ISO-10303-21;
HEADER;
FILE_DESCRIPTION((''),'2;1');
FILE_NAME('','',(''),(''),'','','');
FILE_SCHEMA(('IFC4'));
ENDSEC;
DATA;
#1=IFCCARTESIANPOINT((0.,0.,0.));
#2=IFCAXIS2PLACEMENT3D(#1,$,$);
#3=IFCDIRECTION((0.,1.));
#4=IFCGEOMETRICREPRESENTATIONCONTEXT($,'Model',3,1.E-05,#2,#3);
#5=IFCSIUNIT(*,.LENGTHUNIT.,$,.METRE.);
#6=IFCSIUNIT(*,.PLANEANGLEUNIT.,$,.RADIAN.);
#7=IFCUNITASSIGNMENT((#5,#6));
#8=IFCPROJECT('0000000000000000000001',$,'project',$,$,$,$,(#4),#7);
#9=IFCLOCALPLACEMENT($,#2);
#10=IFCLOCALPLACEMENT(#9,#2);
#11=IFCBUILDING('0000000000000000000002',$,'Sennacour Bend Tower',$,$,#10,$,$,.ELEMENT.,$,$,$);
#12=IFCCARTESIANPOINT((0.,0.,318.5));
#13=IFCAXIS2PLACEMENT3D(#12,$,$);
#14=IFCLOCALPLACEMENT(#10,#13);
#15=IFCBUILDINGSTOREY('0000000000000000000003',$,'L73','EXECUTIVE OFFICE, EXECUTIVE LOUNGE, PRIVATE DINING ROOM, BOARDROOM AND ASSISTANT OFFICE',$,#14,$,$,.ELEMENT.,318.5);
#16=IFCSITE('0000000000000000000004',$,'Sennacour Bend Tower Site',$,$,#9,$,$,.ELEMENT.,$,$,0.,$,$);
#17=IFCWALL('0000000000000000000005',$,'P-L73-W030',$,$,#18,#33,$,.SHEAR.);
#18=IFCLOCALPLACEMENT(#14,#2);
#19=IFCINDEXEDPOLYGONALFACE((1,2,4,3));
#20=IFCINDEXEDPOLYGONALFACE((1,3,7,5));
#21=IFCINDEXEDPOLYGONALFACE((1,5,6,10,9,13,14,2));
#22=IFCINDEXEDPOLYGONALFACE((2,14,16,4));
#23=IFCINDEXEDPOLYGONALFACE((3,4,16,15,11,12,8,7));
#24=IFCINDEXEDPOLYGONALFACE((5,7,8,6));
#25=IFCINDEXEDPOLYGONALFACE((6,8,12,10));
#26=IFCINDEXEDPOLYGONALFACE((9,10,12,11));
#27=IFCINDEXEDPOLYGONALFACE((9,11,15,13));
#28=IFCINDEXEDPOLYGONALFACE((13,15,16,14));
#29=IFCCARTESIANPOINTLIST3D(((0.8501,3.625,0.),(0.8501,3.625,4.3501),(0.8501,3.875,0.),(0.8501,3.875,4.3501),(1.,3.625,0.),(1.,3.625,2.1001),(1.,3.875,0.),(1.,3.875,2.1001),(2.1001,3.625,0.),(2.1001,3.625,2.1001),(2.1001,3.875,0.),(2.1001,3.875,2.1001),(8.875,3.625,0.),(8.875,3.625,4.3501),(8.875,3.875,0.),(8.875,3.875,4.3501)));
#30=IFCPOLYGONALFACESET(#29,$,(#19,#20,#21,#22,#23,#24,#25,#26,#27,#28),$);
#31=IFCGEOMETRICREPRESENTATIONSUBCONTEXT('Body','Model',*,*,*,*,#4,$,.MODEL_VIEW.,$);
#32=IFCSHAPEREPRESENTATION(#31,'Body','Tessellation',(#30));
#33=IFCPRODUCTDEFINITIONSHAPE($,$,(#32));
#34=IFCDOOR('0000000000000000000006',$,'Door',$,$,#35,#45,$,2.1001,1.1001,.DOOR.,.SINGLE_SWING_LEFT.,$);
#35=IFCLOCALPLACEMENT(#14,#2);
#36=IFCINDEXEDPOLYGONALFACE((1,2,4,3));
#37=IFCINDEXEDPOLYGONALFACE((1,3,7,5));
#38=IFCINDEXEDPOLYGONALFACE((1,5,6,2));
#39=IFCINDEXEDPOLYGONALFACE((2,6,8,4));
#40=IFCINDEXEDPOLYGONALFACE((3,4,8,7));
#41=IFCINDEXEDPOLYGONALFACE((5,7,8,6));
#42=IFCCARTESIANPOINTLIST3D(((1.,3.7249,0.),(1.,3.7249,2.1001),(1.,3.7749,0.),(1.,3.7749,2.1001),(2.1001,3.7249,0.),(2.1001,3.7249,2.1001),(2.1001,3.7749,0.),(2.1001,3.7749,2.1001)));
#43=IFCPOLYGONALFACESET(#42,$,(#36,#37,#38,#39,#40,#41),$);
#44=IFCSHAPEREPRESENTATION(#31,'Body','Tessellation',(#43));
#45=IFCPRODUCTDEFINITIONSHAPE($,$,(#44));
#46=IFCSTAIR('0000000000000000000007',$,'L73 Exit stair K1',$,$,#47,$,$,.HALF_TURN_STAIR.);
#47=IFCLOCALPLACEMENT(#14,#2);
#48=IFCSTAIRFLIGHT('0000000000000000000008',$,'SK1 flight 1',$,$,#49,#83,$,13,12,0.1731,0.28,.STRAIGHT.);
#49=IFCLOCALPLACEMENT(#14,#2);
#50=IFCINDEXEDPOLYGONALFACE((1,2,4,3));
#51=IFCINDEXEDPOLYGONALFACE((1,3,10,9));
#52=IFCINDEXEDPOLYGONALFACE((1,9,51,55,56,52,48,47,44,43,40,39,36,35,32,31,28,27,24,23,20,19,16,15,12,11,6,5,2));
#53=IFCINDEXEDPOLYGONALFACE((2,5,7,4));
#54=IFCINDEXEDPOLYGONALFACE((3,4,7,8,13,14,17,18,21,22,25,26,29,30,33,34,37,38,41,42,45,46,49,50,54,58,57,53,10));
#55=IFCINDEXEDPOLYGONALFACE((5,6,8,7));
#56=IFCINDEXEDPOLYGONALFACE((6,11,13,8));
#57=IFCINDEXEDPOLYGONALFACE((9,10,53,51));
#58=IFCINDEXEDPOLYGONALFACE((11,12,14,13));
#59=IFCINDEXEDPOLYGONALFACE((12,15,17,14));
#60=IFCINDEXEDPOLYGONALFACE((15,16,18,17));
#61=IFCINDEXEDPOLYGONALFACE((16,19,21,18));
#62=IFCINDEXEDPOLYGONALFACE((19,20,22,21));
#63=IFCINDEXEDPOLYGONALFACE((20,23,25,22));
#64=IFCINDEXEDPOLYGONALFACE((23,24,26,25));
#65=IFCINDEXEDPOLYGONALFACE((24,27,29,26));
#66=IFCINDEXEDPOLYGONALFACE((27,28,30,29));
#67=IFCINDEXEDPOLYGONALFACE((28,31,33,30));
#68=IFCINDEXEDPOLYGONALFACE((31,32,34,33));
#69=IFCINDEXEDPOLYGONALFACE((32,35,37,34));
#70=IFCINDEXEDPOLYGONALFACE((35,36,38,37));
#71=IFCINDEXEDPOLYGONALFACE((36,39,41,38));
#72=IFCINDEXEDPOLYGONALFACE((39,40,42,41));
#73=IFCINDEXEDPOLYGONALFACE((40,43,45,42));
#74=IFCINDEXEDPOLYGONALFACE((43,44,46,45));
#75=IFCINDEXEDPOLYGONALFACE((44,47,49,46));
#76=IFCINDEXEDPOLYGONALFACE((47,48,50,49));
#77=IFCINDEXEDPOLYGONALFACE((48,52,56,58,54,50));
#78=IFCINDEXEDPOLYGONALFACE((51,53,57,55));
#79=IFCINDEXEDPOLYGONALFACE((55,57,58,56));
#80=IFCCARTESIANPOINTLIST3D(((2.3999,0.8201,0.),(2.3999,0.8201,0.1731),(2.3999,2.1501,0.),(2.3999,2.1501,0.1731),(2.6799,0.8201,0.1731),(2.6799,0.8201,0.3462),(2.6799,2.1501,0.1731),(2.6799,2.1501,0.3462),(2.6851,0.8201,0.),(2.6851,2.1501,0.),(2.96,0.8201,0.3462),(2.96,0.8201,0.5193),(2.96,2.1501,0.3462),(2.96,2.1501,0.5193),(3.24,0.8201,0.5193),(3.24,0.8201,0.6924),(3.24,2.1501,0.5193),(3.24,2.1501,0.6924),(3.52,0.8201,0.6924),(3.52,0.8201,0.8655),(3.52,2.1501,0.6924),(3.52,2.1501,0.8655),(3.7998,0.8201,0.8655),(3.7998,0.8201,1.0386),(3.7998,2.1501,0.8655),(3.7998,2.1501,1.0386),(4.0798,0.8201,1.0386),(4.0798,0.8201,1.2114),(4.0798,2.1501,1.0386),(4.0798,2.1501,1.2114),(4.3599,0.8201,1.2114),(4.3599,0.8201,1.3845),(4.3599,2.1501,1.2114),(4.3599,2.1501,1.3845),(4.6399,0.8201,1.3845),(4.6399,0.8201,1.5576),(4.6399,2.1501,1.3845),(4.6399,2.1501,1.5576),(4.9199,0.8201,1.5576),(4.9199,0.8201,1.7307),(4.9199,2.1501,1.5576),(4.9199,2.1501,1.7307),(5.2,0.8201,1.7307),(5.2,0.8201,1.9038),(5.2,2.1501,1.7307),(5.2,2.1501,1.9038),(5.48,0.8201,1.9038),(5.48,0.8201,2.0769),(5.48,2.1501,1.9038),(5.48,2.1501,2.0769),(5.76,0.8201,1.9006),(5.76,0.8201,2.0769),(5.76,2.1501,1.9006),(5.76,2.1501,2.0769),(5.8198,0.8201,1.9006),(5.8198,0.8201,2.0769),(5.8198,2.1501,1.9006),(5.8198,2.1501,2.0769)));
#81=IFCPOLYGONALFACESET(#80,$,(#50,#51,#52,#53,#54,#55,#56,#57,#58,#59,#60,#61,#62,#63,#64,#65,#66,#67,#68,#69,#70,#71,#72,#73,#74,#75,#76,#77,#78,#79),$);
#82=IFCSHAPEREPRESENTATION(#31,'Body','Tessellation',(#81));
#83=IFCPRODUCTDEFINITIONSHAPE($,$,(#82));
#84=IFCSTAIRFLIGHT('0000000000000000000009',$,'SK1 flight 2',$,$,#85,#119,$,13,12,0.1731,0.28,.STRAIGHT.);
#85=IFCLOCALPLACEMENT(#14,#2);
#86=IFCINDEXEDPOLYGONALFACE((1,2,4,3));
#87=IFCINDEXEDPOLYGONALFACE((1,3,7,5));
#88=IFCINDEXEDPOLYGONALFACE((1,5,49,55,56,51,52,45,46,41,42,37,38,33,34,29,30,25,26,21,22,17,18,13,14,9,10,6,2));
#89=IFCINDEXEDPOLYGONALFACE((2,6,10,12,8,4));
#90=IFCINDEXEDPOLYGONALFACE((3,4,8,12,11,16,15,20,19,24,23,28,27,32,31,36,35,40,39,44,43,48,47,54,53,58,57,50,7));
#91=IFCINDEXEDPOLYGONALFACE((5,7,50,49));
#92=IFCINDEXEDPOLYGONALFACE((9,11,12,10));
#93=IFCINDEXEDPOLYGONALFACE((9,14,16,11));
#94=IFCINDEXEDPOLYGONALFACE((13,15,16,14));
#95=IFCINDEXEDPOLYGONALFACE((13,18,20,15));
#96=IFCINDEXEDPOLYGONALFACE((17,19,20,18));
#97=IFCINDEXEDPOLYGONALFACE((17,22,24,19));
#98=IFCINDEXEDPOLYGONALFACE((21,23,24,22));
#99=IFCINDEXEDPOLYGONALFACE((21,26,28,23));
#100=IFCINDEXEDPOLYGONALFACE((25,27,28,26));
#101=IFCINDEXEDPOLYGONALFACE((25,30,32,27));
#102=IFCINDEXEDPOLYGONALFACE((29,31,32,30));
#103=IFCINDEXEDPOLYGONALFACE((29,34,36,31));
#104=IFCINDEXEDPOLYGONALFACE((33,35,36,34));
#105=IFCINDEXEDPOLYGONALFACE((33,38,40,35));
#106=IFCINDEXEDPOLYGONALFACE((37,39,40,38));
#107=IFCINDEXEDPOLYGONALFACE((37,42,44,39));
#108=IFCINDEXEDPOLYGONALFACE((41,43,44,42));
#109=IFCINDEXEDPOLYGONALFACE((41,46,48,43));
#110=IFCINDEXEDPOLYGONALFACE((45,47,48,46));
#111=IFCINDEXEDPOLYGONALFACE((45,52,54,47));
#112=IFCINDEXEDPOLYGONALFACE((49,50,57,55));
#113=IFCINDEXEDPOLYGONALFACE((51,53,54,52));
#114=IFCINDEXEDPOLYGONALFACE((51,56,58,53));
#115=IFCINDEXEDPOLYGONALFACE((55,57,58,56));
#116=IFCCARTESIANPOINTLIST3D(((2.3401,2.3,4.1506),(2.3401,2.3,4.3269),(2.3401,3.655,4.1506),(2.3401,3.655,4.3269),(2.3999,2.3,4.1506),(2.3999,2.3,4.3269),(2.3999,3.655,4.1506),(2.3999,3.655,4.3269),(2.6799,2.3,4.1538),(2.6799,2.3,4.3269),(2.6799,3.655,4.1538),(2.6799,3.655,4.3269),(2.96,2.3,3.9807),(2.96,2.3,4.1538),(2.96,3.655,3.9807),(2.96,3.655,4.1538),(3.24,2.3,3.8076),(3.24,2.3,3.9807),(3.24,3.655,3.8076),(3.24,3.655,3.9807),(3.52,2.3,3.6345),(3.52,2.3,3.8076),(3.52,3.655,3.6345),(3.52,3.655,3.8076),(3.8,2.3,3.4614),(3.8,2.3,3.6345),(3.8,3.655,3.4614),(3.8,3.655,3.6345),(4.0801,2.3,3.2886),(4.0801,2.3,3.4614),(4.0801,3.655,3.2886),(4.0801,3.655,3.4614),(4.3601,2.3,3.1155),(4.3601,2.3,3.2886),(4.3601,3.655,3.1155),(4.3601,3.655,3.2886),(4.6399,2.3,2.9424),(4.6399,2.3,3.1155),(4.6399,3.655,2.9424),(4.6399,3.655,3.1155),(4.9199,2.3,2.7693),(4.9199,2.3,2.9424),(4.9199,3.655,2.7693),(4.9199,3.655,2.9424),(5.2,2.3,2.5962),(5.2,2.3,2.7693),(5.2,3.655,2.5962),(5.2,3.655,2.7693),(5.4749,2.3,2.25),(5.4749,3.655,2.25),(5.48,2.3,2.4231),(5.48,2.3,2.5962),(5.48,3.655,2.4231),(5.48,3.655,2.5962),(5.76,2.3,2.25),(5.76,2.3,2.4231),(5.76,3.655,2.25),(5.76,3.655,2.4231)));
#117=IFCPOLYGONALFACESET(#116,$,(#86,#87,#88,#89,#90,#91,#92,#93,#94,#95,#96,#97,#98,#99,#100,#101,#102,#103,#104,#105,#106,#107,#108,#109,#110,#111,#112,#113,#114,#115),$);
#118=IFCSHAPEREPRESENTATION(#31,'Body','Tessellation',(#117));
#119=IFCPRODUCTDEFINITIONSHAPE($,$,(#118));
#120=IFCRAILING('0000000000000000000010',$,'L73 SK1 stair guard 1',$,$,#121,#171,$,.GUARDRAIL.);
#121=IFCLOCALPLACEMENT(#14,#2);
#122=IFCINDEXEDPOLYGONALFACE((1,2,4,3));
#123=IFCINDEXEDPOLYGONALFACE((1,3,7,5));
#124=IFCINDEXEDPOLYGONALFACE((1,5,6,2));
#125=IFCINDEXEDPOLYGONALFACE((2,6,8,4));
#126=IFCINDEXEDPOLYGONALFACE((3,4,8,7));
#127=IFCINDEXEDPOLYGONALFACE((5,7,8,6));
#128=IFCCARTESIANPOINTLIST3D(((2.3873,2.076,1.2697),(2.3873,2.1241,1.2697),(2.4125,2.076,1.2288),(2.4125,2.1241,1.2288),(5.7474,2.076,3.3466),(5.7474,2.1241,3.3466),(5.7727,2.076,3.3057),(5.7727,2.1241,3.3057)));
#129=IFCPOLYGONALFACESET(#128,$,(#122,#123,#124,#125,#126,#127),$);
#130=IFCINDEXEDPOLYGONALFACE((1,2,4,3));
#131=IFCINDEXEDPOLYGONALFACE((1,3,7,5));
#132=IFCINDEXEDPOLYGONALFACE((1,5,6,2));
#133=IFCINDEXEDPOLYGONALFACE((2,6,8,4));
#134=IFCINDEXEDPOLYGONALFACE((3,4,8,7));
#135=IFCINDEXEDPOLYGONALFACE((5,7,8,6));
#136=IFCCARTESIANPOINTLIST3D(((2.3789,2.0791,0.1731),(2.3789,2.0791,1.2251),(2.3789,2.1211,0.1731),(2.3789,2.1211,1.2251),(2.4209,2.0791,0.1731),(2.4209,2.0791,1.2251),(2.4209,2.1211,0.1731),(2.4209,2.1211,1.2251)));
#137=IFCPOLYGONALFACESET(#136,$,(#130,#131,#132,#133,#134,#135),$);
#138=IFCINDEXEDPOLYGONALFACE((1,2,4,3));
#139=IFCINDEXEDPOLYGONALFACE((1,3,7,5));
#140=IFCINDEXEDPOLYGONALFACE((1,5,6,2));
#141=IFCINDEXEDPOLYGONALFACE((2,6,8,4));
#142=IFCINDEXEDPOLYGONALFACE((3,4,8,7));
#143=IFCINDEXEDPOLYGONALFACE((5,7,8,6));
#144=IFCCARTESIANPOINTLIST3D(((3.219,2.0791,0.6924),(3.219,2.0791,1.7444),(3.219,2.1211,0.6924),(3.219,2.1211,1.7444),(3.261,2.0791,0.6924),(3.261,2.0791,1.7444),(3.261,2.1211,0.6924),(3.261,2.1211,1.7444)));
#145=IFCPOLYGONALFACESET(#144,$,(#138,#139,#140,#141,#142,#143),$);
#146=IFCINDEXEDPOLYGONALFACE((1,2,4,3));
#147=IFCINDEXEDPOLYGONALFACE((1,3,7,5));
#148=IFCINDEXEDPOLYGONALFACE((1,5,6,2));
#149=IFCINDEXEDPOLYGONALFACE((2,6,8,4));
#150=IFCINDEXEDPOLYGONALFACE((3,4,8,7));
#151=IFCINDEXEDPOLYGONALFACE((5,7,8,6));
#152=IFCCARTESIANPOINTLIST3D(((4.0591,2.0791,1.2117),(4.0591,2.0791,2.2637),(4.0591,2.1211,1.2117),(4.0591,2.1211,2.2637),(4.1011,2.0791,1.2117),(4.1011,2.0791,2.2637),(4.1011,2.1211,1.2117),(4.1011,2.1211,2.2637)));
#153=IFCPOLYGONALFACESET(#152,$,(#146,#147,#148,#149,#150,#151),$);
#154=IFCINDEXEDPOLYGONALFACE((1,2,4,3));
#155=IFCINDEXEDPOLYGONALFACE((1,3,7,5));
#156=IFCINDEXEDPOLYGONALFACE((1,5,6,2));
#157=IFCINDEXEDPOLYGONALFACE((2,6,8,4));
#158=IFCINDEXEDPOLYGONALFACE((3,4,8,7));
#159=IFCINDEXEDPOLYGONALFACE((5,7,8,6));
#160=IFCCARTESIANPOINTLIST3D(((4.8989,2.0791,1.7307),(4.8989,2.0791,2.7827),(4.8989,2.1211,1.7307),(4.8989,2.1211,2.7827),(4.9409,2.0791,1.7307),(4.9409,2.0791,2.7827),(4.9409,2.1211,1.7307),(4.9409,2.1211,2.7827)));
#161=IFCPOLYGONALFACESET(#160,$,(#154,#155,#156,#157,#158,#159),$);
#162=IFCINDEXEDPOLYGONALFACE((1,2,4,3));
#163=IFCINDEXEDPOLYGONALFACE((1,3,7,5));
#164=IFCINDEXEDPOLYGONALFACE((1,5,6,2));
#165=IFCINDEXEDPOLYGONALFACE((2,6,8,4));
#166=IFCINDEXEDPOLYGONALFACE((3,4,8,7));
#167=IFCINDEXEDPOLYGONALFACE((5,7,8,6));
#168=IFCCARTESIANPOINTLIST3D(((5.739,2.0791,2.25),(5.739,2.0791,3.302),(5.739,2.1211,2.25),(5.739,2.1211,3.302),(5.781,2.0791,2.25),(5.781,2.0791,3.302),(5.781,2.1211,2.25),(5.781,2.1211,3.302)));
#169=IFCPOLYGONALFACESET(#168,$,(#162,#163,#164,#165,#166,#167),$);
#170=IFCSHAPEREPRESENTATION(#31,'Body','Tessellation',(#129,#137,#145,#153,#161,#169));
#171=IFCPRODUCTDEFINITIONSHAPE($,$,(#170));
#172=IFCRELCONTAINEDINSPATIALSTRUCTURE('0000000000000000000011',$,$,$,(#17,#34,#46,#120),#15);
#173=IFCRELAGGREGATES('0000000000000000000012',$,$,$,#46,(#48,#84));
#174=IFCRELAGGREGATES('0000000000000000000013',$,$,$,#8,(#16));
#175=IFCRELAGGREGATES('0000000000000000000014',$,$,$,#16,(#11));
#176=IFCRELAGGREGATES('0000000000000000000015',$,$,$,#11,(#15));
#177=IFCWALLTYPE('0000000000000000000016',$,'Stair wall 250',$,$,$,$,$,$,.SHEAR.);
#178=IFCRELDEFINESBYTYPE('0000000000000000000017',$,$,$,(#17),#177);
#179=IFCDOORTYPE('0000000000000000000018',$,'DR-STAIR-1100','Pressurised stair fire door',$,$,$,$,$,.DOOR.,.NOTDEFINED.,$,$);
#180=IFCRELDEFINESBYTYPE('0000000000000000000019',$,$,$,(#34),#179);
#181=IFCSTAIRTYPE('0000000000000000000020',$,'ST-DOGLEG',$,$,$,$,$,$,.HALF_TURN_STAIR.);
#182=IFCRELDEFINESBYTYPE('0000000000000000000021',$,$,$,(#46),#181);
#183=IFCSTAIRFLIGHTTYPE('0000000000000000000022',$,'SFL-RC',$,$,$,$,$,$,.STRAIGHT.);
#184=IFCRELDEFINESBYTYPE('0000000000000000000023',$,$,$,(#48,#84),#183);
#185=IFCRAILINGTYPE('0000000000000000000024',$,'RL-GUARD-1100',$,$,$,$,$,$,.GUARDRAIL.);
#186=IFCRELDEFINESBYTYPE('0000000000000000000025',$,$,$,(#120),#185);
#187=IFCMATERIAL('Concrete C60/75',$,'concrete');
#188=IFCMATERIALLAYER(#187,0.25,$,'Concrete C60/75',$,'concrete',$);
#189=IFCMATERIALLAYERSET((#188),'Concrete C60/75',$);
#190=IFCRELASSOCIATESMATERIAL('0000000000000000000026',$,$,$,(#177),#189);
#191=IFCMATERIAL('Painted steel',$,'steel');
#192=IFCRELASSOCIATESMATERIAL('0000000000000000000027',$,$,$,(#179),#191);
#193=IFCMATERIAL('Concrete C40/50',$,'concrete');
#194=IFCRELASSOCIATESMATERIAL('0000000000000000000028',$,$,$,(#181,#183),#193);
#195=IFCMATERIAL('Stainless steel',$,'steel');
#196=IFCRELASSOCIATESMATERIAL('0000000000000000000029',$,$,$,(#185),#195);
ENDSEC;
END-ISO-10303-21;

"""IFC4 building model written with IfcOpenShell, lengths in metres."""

from ifc_helpers import new_model, si_unit, direction, frame, frame_2d, origin, origin_2d, place, context, subcontext, project, spatial, polyline, rectangle, outline, extrude, material, layer, layer_set, type_object, element, fill, aggregate, save


model = new_model("IFC4")

# Units and contexts
model_context = context("Model", 3, precision=1e-05, world=origin(), true_north=direction((0.0, 1.0)))
body_context = subcontext(model_context, "Body", "Model", "MODEL_VIEW")
ifc_project = project(units=[si_unit("LENGTHUNIT", "METRE"), si_unit("PLANEANGLEUNIT", "RADIAN")], contexts=[model_context])

# Site, building, storey
site_placement = place(None, origin())
site = spatial("IfcSite", under=ifc_project, at=site_placement, Name="Sennacour Bend Tower Site", CompositionType="ELEMENT", RefElevation=0.0)
building_placement = place(site_placement, origin())
building = spatial("IfcBuilding", under=site, at=building_placement, Name="Sennacour Bend Tower", CompositionType="ELEMENT")
storey_placement = place(building_placement, frame((0.0, 0.0, 318.5)))
storey = spatial("IfcBuildingStorey", under=building, at=storey_placement, Name="L73", Description="EXECUTIVE OFFICE, EXECUTIVE LOUNGE, PRIVATE DINING ROOM, BOARDROOM AND ASSISTANT OFFICE", CompositionType="ELEMENT", Elevation=318.5)

# Shared definitions
ifc_material_1 = material(Name="Concrete C60/75", Category="concrete")
ifc_layer_1 = layer(ifc_material_1, 0.25, Name="Concrete C60/75", Category="concrete")
ifc_layer_set_1 = layer_set([ifc_layer_1], Name="Concrete C60/75")
wall_type = type_object("IfcWallType", Name="Stair wall 250", PredefinedType="SHEAR", material=ifc_layer_set_1)

# Wall, opening, door
wall_1_placement = place(storey_placement, frame((0.8501, 3.75, 0.0), z_axis=(0.0, 0.0, 1.0), x_axis=(1.0, 0.0, 0.0)))
wall_1 = element("IfcWall", 1, at=wall_1_placement, inside=storey, type_object=wall_type, Name="P-L73-W030", PredefinedType="SHEAR", context=body_context, shape_type="SweptSolid", body=[
    extrude(rectangle(XDim=8.0249, YDim=0.25, at=frame_2d((4.0125, 0.0))), origin(), (0.0, 0.0, 1.0), 4.3501),
])
opening_placement = place(wall_1_placement, frame((0.1499, 0.0, 0.0)))
opening = element("IfcOpeningElement", 2, at=opening_placement, cuts=wall_1, PredefinedType="OPENING", context=body_context, shape_type="SweptSolid", body=[
    extrude(rectangle(XDim=1.1001, YDim=2.1001, at=frame_2d((0.55, 1.05))), frame((0.0, 0.135, 0.0), z_axis=(0.0, -1.0, 0.0), x_axis=(1.0, 0.0, 0.0)), (0.0, 0.0, 1.0), 0.27),
])
ifc_material_2 = material(Name="Painted steel", Category="steel")
door_type = type_object("IfcDoorType", Name="DR-STAIR-1100", Description="Pressurised stair fire door", OperationType="NOTDEFINED", PredefinedType="DOOR", material=ifc_material_2)
door_placement = place(opening_placement, origin())
door = element("IfcDoor", 3, at=door_placement, inside=storey, type_object=door_type, Name="Door", OperationType="SINGLE_SWING_LEFT", OverallHeight=2.1001, OverallWidth=1.1001, PredefinedType="DOOR", context=body_context, shape_type="SweptSolid", body=[
    extrude(rectangle(XDim=1.1001, YDim=2.1001, at=frame_2d((0.55, 1.05))), frame((0.0, 0.0249, 0.0), z_axis=(0.0, -1.0, 0.0), x_axis=(1.0, 0.0, 0.0)), (0.0, 0.0, 1.0), 0.05),
])
fill(opening, door)

# Stair, stair flights
ifc_material_3 = material(Name="Concrete C40/50", Category="concrete")
stair_type = type_object("IfcStairType", Name="ST-DOGLEG", PredefinedType="HALF_TURN_STAIR", material=ifc_material_3)
stair_placement = place(storey_placement, origin())
stair = element("IfcStair", 4, at=stair_placement, inside=storey, type_object=stair_type, Name="L73 Exit stair K1", PredefinedType="HALF_TURN_STAIR")
stair_flight_type = type_object("IfcStairFlightType", Name="SFL-RC", PredefinedType="STRAIGHT", material=ifc_material_3)
stair_flight_1_placement = place(storey_placement, frame((2.3999, 1.4851, 0.0), z_axis=(0.0, 0.0, 1.0), x_axis=(1.0, 0.0, 0.0)))
stair_flight_1 = element("IfcStairFlight", 5, at=stair_flight_1_placement, type_object=stair_flight_type, Name="SK1 flight 1", NumberOfRisers=13, NumberOfTreads=12, PredefinedType="STRAIGHT", RiserHeight=0.1731, TreadLength=0.28, context=body_context, shape_type="SweptSolid", body=[
    extrude(outline(polyline([(0.0, 0.0), (0.0, 0.1731), (0.28, 0.1731), (0.28, 0.3462), (0.5601, 0.3462), (0.5601, 0.5193), (0.8401, 0.5193), (0.8401, 0.6924), (1.1201, 0.6924), (1.1201, 0.8655), (1.3999, 0.8655), (1.3999, 1.0386), (1.6799, 1.0386), (1.6799, 1.2114), (1.96, 1.2114), (1.96, 1.3845), (2.24, 1.3845), (2.24, 1.5576), (2.52, 1.5576), (2.52, 1.7307), (2.8, 1.7307), (2.8, 1.9038), (3.0801, 1.9038), (3.0801, 2.0769), (3.3601, 2.0769), (3.4199, 2.0769), (3.4199, 1.9006), (3.3601, 1.9006), (0.2852, 0.0), (0.0, 0.0)])), frame((0.0, 0.665, 0.0), z_axis=(0.0, -1.0, 0.0), x_axis=(1.0, 0.0, 0.0)), (0.0, 0.0, 1.0), 1.3301),
])
stair_flight_2_placement = place(storey_placement, frame((5.76, 2.9775, 2.25), z_axis=(0.0, 0.0, 1.0), x_axis=(-1.0, 0.0, 0.0)))
stair_flight_2 = element("IfcStairFlight", 6, at=stair_flight_2_placement, type_object=stair_flight_type, Name="SK1 flight 2", NumberOfRisers=13, NumberOfTreads=12, PredefinedType="STRAIGHT", RiserHeight=0.1731, TreadLength=0.28, context=body_context, shape_type="SweptSolid", body=[
    extrude(outline(polyline([(0.0, 0.0), (0.0, 0.1731), (0.28, 0.1731), (0.28, 0.3462), (0.5601, 0.3462), (0.5601, 0.5193), (0.8401, 0.5193), (0.8401, 0.6924), (1.1201, 0.6924), (1.1201, 0.8655), (1.3999, 0.8655), (1.3999, 1.0386), (1.6799, 1.0386), (1.6799, 1.2114), (1.96, 1.2114), (1.96, 1.3845), (2.24, 1.3845), (2.24, 1.5576), (2.52, 1.5576), (2.52, 1.7307), (2.8, 1.7307), (2.8, 1.9038), (3.0801, 1.9038), (3.0801, 2.0769), (3.3601, 2.0769), (3.4199, 2.0769), (3.4199, 1.9006), (3.3601, 1.9006), (0.2852, 0.0), (0.0, 0.0)])), frame((0.0, 0.6775, 0.0), z_axis=(0.0, -1.0, 0.0), x_axis=(1.0, 0.0, 0.0)), (0.0, 0.0, 1.0), 1.355),
])
aggregate(stair, [stair_flight_1, stair_flight_2])

# Railing
ifc_material_4 = material(Name="Stainless steel", Category="steel")
railing_type_1 = type_object("IfcRailingType", Name="RL-GUARD-1100", PredefinedType="GUARDRAIL", material=ifc_material_4)
railing_1_placement = place(storey_placement, frame((2.3999, 2.1001, 0.1731)))
element("IfcRailing", 7, at=railing_1_placement, inside=storey, type_object=railing_type_1, Name="L73 SK1 stair guard 1", PredefinedType="GUARDRAIL", context=body_context, shape_type="SweptSolid", body=[
    extrude(rectangle(XDim=0.0481, YDim=0.0481, at=origin_2d()), frame((0.0, 0.0, 1.0762), z_axis=(0.850623, 0.0, 0.525776), x_axis=(0.0, 1.0, 0.0)), (0.0, 0.0, 1.0), 3.9502),
    extrude(rectangle(XDim=0.042, YDim=0.042, at=origin_2d()), origin(), (0.0, 0.0, 1.0), 1.052),
    extrude(rectangle(XDim=0.042, YDim=0.042, at=origin_2d()), frame((0.8401, 0.0, 0.5193)), (0.0, 0.0, 1.0), 1.052),
    extrude(rectangle(XDim=0.042, YDim=0.042, at=origin_2d()), frame((1.6802, 0.0, 1.0386)), (0.0, 0.0, 1.0), 1.052),
    extrude(rectangle(XDim=0.042, YDim=0.042, at=origin_2d()), frame((2.52, 0.0, 1.5576)), (0.0, 0.0, 1.0), 1.052),
    extrude(rectangle(XDim=0.042, YDim=0.042, at=origin_2d()), frame((3.3601, 0.0, 2.0769)), (0.0, 0.0, 1.0), 1.052),
])

save(model, "model.ifc")
